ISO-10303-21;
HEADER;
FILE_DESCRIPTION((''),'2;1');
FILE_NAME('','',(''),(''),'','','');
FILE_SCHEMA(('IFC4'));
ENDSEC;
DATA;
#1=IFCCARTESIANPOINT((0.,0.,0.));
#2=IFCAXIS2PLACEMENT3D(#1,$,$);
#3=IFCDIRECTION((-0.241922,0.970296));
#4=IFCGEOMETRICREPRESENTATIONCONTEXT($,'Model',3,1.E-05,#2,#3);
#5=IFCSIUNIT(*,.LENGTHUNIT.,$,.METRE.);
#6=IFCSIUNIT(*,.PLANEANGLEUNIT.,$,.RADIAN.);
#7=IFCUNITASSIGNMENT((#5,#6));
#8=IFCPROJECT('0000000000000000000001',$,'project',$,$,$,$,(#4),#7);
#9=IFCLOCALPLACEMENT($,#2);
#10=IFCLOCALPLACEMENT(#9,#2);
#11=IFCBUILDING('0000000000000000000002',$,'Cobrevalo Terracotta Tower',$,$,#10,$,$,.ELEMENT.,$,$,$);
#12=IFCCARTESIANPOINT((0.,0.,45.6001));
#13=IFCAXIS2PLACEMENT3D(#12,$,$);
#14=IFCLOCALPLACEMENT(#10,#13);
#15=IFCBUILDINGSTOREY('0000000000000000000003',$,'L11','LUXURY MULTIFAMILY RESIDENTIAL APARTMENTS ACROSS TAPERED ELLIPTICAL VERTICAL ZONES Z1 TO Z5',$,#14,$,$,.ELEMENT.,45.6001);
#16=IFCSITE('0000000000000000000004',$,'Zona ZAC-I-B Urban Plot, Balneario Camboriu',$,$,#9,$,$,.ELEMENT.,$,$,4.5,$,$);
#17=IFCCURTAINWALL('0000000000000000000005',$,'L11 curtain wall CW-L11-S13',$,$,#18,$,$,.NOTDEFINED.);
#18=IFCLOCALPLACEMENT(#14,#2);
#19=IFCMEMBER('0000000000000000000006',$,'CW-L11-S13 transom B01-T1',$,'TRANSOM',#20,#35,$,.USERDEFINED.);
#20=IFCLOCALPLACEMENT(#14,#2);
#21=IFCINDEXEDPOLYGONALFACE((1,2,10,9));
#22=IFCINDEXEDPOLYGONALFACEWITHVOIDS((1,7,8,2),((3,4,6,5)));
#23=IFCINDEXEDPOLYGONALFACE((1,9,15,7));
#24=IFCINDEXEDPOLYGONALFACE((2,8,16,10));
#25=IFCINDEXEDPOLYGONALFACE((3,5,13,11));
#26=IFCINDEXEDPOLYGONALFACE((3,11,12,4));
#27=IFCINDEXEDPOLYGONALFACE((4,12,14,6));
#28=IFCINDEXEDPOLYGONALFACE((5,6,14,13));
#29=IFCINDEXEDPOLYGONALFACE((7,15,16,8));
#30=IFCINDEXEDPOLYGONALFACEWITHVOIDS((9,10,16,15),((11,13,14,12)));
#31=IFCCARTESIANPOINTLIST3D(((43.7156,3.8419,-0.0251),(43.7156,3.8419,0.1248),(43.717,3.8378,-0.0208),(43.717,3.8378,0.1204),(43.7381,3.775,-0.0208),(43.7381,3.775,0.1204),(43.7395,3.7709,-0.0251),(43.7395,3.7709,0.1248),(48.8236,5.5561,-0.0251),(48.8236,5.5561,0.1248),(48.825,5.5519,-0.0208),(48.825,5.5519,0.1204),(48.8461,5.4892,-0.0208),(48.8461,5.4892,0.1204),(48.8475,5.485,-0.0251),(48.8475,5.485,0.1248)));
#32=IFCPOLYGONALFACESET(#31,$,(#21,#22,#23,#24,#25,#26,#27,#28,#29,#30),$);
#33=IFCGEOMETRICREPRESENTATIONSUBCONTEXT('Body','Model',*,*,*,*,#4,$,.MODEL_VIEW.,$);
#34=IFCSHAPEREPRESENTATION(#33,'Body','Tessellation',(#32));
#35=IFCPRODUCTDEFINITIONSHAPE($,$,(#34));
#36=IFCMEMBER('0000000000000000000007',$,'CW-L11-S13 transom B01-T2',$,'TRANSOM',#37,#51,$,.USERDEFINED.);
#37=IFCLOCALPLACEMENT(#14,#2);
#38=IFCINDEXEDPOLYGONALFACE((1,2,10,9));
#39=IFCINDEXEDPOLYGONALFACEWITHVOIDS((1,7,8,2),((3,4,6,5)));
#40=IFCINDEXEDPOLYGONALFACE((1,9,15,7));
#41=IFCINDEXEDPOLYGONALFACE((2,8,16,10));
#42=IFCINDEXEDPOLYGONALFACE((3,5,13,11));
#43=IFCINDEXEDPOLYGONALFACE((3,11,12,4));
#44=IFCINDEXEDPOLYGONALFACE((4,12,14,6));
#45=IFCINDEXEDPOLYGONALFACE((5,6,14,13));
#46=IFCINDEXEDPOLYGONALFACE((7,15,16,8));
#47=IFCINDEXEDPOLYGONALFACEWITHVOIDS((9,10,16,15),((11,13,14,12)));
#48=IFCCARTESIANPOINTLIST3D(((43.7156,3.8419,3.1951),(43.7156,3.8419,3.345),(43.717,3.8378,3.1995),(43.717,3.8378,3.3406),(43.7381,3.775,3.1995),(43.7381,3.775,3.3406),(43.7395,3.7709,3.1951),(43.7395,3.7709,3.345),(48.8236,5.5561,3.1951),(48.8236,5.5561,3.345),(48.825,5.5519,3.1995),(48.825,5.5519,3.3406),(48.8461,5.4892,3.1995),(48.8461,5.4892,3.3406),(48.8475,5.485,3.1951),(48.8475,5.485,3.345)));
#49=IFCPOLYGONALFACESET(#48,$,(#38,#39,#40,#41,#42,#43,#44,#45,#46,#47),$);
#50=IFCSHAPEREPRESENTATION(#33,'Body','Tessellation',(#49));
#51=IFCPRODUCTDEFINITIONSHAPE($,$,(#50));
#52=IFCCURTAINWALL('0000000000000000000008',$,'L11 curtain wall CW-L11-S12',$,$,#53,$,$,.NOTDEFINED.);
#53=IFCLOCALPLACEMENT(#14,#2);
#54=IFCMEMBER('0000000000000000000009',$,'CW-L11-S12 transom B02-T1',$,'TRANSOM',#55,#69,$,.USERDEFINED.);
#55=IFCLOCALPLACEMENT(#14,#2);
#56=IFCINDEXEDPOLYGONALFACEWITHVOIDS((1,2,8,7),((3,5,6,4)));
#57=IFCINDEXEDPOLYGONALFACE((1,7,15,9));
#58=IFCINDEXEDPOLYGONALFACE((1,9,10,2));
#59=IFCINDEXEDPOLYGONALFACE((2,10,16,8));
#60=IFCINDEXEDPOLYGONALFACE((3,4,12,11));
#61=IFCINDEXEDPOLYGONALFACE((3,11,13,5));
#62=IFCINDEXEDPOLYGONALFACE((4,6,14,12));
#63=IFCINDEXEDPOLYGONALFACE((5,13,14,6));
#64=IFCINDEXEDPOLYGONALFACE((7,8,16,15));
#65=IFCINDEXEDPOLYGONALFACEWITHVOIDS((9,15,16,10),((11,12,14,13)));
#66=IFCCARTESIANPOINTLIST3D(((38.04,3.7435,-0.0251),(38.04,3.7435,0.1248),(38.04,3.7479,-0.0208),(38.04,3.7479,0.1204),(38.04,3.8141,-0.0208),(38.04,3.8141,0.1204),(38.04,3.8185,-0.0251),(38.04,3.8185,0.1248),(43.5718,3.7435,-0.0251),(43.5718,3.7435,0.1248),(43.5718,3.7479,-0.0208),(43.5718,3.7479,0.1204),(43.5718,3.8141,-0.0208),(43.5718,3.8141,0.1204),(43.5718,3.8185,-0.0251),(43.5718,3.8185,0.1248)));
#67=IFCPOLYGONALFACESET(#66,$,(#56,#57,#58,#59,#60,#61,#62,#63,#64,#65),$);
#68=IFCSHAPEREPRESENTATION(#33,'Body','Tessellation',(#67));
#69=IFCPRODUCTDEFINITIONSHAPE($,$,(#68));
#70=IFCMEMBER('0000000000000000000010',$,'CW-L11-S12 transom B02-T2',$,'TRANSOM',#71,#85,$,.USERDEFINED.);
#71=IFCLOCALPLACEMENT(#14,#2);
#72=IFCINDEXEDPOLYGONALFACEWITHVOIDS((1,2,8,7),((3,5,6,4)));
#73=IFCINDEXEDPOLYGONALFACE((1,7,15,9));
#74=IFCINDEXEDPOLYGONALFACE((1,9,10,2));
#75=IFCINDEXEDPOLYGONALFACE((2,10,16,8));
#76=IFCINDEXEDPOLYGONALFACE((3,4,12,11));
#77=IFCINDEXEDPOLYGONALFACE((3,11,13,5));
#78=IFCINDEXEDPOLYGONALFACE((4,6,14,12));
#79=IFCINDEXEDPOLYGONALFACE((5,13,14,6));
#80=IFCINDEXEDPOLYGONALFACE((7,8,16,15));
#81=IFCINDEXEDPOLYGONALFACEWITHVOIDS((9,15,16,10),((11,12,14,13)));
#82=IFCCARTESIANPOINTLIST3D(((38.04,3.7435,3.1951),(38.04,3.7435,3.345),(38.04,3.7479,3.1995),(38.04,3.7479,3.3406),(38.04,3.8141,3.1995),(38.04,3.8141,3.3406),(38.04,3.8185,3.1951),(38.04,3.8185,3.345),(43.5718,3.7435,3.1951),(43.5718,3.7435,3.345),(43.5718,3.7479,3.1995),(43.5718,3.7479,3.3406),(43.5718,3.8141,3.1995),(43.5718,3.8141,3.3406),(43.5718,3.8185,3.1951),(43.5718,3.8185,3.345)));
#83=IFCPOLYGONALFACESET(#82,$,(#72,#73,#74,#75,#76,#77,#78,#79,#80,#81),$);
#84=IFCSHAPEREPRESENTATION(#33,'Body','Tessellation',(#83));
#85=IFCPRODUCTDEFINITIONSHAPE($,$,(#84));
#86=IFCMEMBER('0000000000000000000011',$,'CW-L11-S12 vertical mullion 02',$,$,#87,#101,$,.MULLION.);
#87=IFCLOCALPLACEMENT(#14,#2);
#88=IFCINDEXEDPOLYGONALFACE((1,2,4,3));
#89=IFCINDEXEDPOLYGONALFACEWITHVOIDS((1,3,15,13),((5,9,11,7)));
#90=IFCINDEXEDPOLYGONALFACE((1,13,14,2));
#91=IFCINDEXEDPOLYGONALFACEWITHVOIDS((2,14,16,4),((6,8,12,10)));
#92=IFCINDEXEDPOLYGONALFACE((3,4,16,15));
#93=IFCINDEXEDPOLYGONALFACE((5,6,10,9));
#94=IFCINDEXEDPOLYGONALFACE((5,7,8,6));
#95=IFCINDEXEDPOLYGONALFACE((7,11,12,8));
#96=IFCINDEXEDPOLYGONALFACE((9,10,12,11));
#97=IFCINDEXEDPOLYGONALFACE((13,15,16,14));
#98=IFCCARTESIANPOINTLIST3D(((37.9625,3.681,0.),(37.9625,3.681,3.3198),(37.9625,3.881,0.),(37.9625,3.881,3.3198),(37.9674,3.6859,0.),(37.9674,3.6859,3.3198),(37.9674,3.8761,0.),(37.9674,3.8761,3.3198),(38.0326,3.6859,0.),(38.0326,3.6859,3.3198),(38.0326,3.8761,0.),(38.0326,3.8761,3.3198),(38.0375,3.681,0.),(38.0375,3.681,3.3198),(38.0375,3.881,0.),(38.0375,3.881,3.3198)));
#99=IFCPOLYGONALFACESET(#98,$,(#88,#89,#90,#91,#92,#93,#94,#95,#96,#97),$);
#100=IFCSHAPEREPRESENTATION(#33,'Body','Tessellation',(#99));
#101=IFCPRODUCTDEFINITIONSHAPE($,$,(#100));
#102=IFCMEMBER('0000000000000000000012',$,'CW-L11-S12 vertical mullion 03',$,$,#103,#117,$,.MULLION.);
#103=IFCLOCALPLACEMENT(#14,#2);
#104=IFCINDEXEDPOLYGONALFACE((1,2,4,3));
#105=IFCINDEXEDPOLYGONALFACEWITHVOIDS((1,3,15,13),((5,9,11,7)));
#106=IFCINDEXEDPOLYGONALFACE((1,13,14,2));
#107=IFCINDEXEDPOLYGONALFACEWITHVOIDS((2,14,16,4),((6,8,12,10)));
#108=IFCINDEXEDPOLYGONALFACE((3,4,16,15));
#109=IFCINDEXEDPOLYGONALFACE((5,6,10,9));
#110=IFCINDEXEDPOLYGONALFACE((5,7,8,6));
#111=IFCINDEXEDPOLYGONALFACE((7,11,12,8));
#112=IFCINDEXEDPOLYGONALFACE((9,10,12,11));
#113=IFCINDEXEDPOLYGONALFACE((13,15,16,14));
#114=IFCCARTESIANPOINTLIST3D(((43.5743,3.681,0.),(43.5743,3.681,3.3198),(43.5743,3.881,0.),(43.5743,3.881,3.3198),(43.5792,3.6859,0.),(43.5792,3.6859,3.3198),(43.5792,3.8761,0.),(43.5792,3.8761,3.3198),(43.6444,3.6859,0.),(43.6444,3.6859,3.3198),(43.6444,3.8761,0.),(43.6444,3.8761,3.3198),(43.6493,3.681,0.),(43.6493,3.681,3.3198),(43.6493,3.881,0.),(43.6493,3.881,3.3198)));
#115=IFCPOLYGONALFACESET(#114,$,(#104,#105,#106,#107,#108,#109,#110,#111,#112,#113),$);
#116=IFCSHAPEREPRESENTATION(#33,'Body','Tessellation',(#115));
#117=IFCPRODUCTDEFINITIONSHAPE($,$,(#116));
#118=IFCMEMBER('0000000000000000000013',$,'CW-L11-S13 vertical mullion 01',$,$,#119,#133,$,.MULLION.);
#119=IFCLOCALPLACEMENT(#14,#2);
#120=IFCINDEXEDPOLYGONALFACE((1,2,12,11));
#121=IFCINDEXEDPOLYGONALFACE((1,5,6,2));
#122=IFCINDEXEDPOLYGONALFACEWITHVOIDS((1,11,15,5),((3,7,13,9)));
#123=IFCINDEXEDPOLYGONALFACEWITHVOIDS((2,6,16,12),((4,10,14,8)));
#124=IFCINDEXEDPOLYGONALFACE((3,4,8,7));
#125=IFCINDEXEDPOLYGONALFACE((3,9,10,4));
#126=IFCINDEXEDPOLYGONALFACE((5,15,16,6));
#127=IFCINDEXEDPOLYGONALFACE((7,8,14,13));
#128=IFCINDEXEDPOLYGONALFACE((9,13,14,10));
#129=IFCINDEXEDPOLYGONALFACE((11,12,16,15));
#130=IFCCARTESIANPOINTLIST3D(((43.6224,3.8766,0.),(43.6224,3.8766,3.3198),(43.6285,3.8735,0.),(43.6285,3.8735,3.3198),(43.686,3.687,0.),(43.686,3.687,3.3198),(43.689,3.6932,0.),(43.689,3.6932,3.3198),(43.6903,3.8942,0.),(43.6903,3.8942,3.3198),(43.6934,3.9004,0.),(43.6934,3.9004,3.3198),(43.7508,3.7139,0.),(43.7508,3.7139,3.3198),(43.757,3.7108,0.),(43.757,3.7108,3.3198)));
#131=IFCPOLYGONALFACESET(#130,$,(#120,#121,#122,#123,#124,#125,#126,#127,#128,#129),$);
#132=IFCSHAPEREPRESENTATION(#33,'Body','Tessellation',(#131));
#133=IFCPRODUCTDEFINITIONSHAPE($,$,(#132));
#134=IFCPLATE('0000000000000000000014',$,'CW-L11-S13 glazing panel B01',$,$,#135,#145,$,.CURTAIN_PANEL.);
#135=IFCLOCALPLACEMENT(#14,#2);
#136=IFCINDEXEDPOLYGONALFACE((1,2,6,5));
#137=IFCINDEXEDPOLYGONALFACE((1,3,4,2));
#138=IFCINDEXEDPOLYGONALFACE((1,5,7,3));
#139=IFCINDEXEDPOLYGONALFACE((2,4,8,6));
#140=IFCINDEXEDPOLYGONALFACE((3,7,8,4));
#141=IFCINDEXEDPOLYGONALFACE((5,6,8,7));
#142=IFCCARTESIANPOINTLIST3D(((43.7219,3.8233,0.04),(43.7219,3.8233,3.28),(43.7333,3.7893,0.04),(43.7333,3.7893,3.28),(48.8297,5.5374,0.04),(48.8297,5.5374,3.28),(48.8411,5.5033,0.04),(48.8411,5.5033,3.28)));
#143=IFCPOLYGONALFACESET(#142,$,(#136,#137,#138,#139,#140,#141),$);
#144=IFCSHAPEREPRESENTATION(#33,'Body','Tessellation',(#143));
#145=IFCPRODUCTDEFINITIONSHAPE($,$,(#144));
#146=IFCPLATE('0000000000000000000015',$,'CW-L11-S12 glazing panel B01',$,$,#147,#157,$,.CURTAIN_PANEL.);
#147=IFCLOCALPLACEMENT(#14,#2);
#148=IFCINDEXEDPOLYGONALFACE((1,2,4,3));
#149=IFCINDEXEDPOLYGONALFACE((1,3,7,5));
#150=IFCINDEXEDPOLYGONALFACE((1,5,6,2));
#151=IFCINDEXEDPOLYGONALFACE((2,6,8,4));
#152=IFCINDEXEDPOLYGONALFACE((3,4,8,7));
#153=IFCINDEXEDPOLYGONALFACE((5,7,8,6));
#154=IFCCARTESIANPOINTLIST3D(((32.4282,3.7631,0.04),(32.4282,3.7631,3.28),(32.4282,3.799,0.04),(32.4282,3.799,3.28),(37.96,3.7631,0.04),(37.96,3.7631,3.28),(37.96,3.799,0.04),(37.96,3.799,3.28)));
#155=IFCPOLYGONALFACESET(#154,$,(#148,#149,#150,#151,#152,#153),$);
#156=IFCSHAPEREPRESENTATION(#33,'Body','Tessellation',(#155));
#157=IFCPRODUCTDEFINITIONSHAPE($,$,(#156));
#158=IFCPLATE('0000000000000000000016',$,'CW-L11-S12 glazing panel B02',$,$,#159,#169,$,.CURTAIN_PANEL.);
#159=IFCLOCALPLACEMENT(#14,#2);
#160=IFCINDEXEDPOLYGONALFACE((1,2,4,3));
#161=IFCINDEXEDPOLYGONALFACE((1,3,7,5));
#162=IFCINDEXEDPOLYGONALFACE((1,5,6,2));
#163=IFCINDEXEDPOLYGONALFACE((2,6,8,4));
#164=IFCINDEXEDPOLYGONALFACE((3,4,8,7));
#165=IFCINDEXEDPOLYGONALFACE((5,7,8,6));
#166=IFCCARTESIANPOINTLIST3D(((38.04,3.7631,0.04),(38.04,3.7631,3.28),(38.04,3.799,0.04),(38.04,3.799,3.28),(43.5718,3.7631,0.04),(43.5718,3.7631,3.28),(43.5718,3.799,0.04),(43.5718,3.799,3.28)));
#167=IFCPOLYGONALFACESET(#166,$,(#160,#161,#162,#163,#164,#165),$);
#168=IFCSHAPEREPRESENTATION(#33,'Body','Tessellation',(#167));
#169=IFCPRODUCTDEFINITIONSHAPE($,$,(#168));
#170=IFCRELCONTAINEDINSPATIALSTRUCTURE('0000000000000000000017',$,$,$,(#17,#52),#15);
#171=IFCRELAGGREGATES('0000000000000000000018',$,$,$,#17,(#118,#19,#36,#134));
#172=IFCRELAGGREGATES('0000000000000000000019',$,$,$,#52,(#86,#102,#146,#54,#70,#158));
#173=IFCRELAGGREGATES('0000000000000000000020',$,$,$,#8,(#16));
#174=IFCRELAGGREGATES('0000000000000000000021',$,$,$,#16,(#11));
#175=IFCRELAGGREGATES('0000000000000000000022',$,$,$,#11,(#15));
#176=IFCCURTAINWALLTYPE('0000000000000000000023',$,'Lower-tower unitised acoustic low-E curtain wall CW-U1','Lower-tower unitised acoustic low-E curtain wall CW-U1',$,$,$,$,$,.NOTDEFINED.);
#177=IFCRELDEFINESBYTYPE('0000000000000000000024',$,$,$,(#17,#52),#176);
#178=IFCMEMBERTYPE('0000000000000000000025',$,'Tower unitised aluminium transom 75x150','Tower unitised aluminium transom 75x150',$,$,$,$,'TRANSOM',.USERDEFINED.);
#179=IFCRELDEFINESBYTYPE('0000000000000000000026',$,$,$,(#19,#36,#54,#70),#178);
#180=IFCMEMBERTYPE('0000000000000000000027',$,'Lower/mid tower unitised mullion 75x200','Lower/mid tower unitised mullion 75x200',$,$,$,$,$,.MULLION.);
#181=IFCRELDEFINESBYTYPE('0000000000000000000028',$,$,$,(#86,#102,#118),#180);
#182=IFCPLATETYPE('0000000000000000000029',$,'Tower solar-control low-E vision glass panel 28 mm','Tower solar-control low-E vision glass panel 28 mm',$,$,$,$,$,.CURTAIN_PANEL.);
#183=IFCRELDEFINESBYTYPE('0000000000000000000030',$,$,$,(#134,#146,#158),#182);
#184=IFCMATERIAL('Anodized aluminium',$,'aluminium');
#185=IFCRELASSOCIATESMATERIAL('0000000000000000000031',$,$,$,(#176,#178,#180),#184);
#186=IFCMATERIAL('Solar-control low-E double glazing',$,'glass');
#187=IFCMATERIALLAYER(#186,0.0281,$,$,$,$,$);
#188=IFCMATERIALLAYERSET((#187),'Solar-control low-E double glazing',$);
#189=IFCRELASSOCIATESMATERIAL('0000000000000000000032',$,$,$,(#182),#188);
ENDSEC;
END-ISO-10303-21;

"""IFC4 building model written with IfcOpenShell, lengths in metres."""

from ifc_helpers import new_model, si_unit, direction, frame, origin, origin_2d, place, context, subcontext, project, spatial, rectangle, hollow_rectangle, extrude, source, transform, mapped, material, layer, layer_set, material_profile, profile_set, type_object, element, aggregate, save


model = new_model("IFC4")

# Units and contexts
model_context = context("Model", 3, precision=1e-05, world=origin(), true_north=direction((-0.241922, 0.970296)))
body_context = subcontext(model_context, "Body", "Model", "MODEL_VIEW")
ifc_project = project(units=[si_unit("LENGTHUNIT", "METRE"), si_unit("PLANEANGLEUNIT", "RADIAN")], contexts=[model_context])

# Site, building, storey
site_placement = place(None, origin())
site = spatial("IfcSite", under=ifc_project, at=site_placement, Name="Zona ZAC-I-B Urban Plot, Balneario Camboriu", CompositionType="ELEMENT", RefElevation=4.5)
building_placement = place(site_placement, origin())
building = spatial("IfcBuilding", under=site, at=building_placement, Name="Cobrevalo Terracotta Tower", CompositionType="ELEMENT")
storey_placement = place(building_placement, frame((0.0, 0.0, 45.6001)))
storey = spatial("IfcBuildingStorey", under=building, at=storey_placement, Name="L11", Description="LUXURY MULTIFAMILY RESIDENTIAL APARTMENTS ACROSS TAPERED ELLIPTICAL VERTICAL ZONES Z1 TO Z5", CompositionType="ELEMENT", Elevation=45.6001)

# Curtain walls, members
ifc_material_1 = material(Name="Anodized aluminium", Category="aluminium")
curtain_wall_type = type_object("IfcCurtainWallType", Name="Lower-tower unitised acoustic low-E curtain wall CW-U1", Description="Lower-tower unitised acoustic low-E curtain wall CW-U1", PredefinedType="NOTDEFINED", material=ifc_material_1)
curtain_wall_1_placement = place(storey_placement, origin())
curtain_wall_1 = element("IfcCurtainWall", 1, at=curtain_wall_1_placement, inside=storey, type_object=curtain_wall_type, Name="L11 curtain wall CW-L11-S13", PredefinedType="NOTDEFINED")
ifc_material_profile_1 = material_profile(ifc_material_1, hollow_rectangle(XDim=0.075, YDim=0.1499, WallThickness=0.0044, at=origin_2d()), Name="CWT 75x150")
ifc_profile_set_1 = profile_set([ifc_material_profile_1], Name="Anodized aluminium")
member_type_1 = type_object("IfcMemberType", Name="Tower unitised aluminium transom 75x150", Description="Tower unitised aluminium transom 75x150", ElementType="TRANSOM", PredefinedType="USERDEFINED", material=ifc_profile_set_1)
shared_shape_1 = source(origin(), body_context, "Body", "SweptSolid", [
    extrude(hollow_rectangle(XDim=0.075, YDim=0.1499, WallThickness=0.0044, at=origin_2d()), origin(), (0.0, 0.0, 1.0), 5.3879),
])
member_1_placement = place(storey_placement, frame((43.7275, 3.8064, 0.0498), z_axis=(0.948042, 0.318144, 0.0), x_axis=(-0.318144, 0.948042, 0.0)))
member_1 = element("IfcMember", 2, at=member_1_placement, type_object=member_type_1, Name="CW-L11-S13 transom B01-T1", ObjectType="TRANSOM", PredefinedType="USERDEFINED", context=body_context, shape_type="MappedRepresentation", body=[
    mapped(shared_shape_1, transform((0.0, 0.0, 0.0), scale=1.0)),
])
member_2_placement = place(storey_placement, frame((43.7275, 3.8064, 3.27), z_axis=(0.948042, 0.318144, 0.0), x_axis=(-0.318144, 0.948042, 0.0)))
member_2 = element("IfcMember", 3, at=member_2_placement, type_object=member_type_1, Name="CW-L11-S13 transom B01-T2", ObjectType="TRANSOM", PredefinedType="USERDEFINED", context=body_context, shape_type="MappedRepresentation", body=[
    mapped(shared_shape_1, transform((0.0, 0.0, 0.0), scale=1.0)),
])
curtain_wall_2_placement = place(storey_placement, origin())
curtain_wall_2 = element("IfcCurtainWall", 4, at=curtain_wall_2_placement, inside=storey, type_object=curtain_wall_type, Name="L11 curtain wall CW-L11-S12", PredefinedType="NOTDEFINED")
shared_shape_2 = source(origin(), body_context, "Body", "SweptSolid", [
    extrude(hollow_rectangle(XDim=0.075, YDim=0.1499, WallThickness=0.0044, at=origin_2d()), origin(), (0.0, 0.0, 1.0), 5.5317),
])
member_3_placement = place(storey_placement, frame((38.04, 3.781, 0.0498), z_axis=(1.0, 0.0, 0.0), x_axis=(0.0, 1.0, 0.0)))
member_3 = element("IfcMember", 5, at=member_3_placement, type_object=member_type_1, Name="CW-L11-S12 transom B02-T1", ObjectType="TRANSOM", PredefinedType="USERDEFINED", context=body_context, shape_type="MappedRepresentation", body=[
    mapped(shared_shape_2, transform((0.0, 0.0, 0.0), scale=1.0)),
])
member_4_placement = place(storey_placement, frame((38.04, 3.781, 3.27), z_axis=(1.0, 0.0, 0.0), x_axis=(0.0, 1.0, 0.0)))
member_4 = element("IfcMember", 6, at=member_4_placement, type_object=member_type_1, Name="CW-L11-S12 transom B02-T2", ObjectType="TRANSOM", PredefinedType="USERDEFINED", context=body_context, shape_type="MappedRepresentation", body=[
    mapped(shared_shape_2, transform((0.0, 0.0, 0.0), scale=1.0)),
])
ifc_material_profile_2 = material_profile(ifc_material_1, hollow_rectangle(XDim=0.075, YDim=0.2, WallThickness=0.0049, at=origin_2d()), Name="CWM 75x200")
ifc_profile_set_2 = profile_set([ifc_material_profile_2], Name="Anodized aluminium")
member_type_2 = type_object("IfcMemberType", Name="Lower/mid tower unitised mullion 75x200", Description="Lower/mid tower unitised mullion 75x200", PredefinedType="MULLION", material=ifc_profile_set_2)
shared_shape_3 = source(origin(), body_context, "Body", "SweptSolid", [
    extrude(hollow_rectangle(XDim=0.075, YDim=0.2, WallThickness=0.0049, at=origin_2d()), origin(), (0.0, 0.0, 1.0), 3.3198),
])
member_5_placement = place(storey_placement, frame((38.0, 3.781, 0.0), z_axis=(0.0, 0.0, 1.0), x_axis=(1.0, 0.0, 0.0)))
member_5 = element("IfcMember", 7, at=member_5_placement, type_object=member_type_2, Name="CW-L11-S12 vertical mullion 02", PredefinedType="MULLION", context=body_context, shape_type="MappedRepresentation", body=[
    mapped(shared_shape_3, transform((0.0, 0.0, 0.0), scale=1.0)),
])
member_6_placement = place(storey_placement, frame((43.6118, 3.781, 0.0), z_axis=(0.0, 0.0, 1.0), x_axis=(1.0, 0.0, 0.0)))
member_6 = element("IfcMember", 8, at=member_6_placement, type_object=member_type_2, Name="CW-L11-S12 vertical mullion 03", PredefinedType="MULLION", context=body_context, shape_type="MappedRepresentation", body=[
    mapped(shared_shape_3, transform((0.0, 0.0, 0.0), scale=1.0)),
])

# Member
member_7_placement = place(storey_placement, frame((43.6897, 3.7937, 0.0), z_axis=(0.0, 0.0, 1.0), x_axis=(0.948046, 0.318132, 0.0)))
member_7 = element("IfcMember", 9, at=member_7_placement, type_object=member_type_2, Name="CW-L11-S13 vertical mullion 01", PredefinedType="MULLION", context=body_context, shape_type="MappedRepresentation", body=[
    mapped(shared_shape_3, transform((0.0, 0.0, 0.0), scale=1.0)),
])

# Plates
ifc_material_2 = material(Name="Solar-control low-E double glazing", Category="glass")
ifc_layer_1 = layer(ifc_material_2, 0.0281)
ifc_layer_set_1 = layer_set([ifc_layer_1], Name="Solar-control low-E double glazing")
plate_type = type_object("IfcPlateType", Name="Tower solar-control low-E vision glass panel 28 mm", Description="Tower solar-control low-E vision glass panel 28 mm", PredefinedType="CURTAIN_PANEL", material=ifc_layer_set_1)
shared_shape_4 = source(origin(), body_context, "Body", "SweptSolid", [
    extrude(rectangle(XDim=5.3877, YDim=0.0359, at=origin_2d()), origin(), (0.0, 0.0, 1.0), 3.24),
])
plate_1_placement = place(storey_placement, frame((46.2815, 4.6633, 0.04), z_axis=(0.0, 0.0, 1.0), x_axis=(0.948044, 0.318139, 0.0)))
plate_1 = element("IfcPlate", 10, at=plate_1_placement, type_object=plate_type, Name="CW-L11-S13 glazing panel B01", PredefinedType="CURTAIN_PANEL", context=body_context, shape_type="MappedRepresentation", body=[
    mapped(shared_shape_4, transform((0.0, 0.0, 0.0), scale=1.0)),
])
aggregate(curtain_wall_1, [member_7, member_1, member_2, plate_1])
shared_shape_5 = source(origin(), body_context, "Body", "SweptSolid", [
    extrude(rectangle(XDim=5.5317, YDim=0.0359, at=origin_2d()), origin(), (0.0, 0.0, 1.0), 3.24),
])
plate_2_placement = place(storey_placement, frame((35.1941, 3.781, 0.04), z_axis=(0.0, 0.0, 1.0), x_axis=(1.0, 0.0, 0.0)))
plate_2 = element("IfcPlate", 11, at=plate_2_placement, type_object=plate_type, Name="CW-L11-S12 glazing panel B01", PredefinedType="CURTAIN_PANEL", context=body_context, shape_type="MappedRepresentation", body=[
    mapped(shared_shape_5, transform((0.0, 0.0, 0.0), scale=1.0)),
])
plate_3_placement = place(storey_placement, frame((40.8059, 3.781, 0.04), z_axis=(0.0, 0.0, 1.0), x_axis=(1.0, 0.0, 0.0)))
plate_3 = element("IfcPlate", 12, at=plate_3_placement, type_object=plate_type, Name="CW-L11-S12 glazing panel B02", PredefinedType="CURTAIN_PANEL", context=body_context, shape_type="MappedRepresentation", body=[
    mapped(shared_shape_5, transform((0.0, 0.0, 0.0), scale=1.0)),
])
aggregate(curtain_wall_2, [member_5, member_6, plate_2, member_3, member_4, plate_3])

save(model, "model.ifc")
